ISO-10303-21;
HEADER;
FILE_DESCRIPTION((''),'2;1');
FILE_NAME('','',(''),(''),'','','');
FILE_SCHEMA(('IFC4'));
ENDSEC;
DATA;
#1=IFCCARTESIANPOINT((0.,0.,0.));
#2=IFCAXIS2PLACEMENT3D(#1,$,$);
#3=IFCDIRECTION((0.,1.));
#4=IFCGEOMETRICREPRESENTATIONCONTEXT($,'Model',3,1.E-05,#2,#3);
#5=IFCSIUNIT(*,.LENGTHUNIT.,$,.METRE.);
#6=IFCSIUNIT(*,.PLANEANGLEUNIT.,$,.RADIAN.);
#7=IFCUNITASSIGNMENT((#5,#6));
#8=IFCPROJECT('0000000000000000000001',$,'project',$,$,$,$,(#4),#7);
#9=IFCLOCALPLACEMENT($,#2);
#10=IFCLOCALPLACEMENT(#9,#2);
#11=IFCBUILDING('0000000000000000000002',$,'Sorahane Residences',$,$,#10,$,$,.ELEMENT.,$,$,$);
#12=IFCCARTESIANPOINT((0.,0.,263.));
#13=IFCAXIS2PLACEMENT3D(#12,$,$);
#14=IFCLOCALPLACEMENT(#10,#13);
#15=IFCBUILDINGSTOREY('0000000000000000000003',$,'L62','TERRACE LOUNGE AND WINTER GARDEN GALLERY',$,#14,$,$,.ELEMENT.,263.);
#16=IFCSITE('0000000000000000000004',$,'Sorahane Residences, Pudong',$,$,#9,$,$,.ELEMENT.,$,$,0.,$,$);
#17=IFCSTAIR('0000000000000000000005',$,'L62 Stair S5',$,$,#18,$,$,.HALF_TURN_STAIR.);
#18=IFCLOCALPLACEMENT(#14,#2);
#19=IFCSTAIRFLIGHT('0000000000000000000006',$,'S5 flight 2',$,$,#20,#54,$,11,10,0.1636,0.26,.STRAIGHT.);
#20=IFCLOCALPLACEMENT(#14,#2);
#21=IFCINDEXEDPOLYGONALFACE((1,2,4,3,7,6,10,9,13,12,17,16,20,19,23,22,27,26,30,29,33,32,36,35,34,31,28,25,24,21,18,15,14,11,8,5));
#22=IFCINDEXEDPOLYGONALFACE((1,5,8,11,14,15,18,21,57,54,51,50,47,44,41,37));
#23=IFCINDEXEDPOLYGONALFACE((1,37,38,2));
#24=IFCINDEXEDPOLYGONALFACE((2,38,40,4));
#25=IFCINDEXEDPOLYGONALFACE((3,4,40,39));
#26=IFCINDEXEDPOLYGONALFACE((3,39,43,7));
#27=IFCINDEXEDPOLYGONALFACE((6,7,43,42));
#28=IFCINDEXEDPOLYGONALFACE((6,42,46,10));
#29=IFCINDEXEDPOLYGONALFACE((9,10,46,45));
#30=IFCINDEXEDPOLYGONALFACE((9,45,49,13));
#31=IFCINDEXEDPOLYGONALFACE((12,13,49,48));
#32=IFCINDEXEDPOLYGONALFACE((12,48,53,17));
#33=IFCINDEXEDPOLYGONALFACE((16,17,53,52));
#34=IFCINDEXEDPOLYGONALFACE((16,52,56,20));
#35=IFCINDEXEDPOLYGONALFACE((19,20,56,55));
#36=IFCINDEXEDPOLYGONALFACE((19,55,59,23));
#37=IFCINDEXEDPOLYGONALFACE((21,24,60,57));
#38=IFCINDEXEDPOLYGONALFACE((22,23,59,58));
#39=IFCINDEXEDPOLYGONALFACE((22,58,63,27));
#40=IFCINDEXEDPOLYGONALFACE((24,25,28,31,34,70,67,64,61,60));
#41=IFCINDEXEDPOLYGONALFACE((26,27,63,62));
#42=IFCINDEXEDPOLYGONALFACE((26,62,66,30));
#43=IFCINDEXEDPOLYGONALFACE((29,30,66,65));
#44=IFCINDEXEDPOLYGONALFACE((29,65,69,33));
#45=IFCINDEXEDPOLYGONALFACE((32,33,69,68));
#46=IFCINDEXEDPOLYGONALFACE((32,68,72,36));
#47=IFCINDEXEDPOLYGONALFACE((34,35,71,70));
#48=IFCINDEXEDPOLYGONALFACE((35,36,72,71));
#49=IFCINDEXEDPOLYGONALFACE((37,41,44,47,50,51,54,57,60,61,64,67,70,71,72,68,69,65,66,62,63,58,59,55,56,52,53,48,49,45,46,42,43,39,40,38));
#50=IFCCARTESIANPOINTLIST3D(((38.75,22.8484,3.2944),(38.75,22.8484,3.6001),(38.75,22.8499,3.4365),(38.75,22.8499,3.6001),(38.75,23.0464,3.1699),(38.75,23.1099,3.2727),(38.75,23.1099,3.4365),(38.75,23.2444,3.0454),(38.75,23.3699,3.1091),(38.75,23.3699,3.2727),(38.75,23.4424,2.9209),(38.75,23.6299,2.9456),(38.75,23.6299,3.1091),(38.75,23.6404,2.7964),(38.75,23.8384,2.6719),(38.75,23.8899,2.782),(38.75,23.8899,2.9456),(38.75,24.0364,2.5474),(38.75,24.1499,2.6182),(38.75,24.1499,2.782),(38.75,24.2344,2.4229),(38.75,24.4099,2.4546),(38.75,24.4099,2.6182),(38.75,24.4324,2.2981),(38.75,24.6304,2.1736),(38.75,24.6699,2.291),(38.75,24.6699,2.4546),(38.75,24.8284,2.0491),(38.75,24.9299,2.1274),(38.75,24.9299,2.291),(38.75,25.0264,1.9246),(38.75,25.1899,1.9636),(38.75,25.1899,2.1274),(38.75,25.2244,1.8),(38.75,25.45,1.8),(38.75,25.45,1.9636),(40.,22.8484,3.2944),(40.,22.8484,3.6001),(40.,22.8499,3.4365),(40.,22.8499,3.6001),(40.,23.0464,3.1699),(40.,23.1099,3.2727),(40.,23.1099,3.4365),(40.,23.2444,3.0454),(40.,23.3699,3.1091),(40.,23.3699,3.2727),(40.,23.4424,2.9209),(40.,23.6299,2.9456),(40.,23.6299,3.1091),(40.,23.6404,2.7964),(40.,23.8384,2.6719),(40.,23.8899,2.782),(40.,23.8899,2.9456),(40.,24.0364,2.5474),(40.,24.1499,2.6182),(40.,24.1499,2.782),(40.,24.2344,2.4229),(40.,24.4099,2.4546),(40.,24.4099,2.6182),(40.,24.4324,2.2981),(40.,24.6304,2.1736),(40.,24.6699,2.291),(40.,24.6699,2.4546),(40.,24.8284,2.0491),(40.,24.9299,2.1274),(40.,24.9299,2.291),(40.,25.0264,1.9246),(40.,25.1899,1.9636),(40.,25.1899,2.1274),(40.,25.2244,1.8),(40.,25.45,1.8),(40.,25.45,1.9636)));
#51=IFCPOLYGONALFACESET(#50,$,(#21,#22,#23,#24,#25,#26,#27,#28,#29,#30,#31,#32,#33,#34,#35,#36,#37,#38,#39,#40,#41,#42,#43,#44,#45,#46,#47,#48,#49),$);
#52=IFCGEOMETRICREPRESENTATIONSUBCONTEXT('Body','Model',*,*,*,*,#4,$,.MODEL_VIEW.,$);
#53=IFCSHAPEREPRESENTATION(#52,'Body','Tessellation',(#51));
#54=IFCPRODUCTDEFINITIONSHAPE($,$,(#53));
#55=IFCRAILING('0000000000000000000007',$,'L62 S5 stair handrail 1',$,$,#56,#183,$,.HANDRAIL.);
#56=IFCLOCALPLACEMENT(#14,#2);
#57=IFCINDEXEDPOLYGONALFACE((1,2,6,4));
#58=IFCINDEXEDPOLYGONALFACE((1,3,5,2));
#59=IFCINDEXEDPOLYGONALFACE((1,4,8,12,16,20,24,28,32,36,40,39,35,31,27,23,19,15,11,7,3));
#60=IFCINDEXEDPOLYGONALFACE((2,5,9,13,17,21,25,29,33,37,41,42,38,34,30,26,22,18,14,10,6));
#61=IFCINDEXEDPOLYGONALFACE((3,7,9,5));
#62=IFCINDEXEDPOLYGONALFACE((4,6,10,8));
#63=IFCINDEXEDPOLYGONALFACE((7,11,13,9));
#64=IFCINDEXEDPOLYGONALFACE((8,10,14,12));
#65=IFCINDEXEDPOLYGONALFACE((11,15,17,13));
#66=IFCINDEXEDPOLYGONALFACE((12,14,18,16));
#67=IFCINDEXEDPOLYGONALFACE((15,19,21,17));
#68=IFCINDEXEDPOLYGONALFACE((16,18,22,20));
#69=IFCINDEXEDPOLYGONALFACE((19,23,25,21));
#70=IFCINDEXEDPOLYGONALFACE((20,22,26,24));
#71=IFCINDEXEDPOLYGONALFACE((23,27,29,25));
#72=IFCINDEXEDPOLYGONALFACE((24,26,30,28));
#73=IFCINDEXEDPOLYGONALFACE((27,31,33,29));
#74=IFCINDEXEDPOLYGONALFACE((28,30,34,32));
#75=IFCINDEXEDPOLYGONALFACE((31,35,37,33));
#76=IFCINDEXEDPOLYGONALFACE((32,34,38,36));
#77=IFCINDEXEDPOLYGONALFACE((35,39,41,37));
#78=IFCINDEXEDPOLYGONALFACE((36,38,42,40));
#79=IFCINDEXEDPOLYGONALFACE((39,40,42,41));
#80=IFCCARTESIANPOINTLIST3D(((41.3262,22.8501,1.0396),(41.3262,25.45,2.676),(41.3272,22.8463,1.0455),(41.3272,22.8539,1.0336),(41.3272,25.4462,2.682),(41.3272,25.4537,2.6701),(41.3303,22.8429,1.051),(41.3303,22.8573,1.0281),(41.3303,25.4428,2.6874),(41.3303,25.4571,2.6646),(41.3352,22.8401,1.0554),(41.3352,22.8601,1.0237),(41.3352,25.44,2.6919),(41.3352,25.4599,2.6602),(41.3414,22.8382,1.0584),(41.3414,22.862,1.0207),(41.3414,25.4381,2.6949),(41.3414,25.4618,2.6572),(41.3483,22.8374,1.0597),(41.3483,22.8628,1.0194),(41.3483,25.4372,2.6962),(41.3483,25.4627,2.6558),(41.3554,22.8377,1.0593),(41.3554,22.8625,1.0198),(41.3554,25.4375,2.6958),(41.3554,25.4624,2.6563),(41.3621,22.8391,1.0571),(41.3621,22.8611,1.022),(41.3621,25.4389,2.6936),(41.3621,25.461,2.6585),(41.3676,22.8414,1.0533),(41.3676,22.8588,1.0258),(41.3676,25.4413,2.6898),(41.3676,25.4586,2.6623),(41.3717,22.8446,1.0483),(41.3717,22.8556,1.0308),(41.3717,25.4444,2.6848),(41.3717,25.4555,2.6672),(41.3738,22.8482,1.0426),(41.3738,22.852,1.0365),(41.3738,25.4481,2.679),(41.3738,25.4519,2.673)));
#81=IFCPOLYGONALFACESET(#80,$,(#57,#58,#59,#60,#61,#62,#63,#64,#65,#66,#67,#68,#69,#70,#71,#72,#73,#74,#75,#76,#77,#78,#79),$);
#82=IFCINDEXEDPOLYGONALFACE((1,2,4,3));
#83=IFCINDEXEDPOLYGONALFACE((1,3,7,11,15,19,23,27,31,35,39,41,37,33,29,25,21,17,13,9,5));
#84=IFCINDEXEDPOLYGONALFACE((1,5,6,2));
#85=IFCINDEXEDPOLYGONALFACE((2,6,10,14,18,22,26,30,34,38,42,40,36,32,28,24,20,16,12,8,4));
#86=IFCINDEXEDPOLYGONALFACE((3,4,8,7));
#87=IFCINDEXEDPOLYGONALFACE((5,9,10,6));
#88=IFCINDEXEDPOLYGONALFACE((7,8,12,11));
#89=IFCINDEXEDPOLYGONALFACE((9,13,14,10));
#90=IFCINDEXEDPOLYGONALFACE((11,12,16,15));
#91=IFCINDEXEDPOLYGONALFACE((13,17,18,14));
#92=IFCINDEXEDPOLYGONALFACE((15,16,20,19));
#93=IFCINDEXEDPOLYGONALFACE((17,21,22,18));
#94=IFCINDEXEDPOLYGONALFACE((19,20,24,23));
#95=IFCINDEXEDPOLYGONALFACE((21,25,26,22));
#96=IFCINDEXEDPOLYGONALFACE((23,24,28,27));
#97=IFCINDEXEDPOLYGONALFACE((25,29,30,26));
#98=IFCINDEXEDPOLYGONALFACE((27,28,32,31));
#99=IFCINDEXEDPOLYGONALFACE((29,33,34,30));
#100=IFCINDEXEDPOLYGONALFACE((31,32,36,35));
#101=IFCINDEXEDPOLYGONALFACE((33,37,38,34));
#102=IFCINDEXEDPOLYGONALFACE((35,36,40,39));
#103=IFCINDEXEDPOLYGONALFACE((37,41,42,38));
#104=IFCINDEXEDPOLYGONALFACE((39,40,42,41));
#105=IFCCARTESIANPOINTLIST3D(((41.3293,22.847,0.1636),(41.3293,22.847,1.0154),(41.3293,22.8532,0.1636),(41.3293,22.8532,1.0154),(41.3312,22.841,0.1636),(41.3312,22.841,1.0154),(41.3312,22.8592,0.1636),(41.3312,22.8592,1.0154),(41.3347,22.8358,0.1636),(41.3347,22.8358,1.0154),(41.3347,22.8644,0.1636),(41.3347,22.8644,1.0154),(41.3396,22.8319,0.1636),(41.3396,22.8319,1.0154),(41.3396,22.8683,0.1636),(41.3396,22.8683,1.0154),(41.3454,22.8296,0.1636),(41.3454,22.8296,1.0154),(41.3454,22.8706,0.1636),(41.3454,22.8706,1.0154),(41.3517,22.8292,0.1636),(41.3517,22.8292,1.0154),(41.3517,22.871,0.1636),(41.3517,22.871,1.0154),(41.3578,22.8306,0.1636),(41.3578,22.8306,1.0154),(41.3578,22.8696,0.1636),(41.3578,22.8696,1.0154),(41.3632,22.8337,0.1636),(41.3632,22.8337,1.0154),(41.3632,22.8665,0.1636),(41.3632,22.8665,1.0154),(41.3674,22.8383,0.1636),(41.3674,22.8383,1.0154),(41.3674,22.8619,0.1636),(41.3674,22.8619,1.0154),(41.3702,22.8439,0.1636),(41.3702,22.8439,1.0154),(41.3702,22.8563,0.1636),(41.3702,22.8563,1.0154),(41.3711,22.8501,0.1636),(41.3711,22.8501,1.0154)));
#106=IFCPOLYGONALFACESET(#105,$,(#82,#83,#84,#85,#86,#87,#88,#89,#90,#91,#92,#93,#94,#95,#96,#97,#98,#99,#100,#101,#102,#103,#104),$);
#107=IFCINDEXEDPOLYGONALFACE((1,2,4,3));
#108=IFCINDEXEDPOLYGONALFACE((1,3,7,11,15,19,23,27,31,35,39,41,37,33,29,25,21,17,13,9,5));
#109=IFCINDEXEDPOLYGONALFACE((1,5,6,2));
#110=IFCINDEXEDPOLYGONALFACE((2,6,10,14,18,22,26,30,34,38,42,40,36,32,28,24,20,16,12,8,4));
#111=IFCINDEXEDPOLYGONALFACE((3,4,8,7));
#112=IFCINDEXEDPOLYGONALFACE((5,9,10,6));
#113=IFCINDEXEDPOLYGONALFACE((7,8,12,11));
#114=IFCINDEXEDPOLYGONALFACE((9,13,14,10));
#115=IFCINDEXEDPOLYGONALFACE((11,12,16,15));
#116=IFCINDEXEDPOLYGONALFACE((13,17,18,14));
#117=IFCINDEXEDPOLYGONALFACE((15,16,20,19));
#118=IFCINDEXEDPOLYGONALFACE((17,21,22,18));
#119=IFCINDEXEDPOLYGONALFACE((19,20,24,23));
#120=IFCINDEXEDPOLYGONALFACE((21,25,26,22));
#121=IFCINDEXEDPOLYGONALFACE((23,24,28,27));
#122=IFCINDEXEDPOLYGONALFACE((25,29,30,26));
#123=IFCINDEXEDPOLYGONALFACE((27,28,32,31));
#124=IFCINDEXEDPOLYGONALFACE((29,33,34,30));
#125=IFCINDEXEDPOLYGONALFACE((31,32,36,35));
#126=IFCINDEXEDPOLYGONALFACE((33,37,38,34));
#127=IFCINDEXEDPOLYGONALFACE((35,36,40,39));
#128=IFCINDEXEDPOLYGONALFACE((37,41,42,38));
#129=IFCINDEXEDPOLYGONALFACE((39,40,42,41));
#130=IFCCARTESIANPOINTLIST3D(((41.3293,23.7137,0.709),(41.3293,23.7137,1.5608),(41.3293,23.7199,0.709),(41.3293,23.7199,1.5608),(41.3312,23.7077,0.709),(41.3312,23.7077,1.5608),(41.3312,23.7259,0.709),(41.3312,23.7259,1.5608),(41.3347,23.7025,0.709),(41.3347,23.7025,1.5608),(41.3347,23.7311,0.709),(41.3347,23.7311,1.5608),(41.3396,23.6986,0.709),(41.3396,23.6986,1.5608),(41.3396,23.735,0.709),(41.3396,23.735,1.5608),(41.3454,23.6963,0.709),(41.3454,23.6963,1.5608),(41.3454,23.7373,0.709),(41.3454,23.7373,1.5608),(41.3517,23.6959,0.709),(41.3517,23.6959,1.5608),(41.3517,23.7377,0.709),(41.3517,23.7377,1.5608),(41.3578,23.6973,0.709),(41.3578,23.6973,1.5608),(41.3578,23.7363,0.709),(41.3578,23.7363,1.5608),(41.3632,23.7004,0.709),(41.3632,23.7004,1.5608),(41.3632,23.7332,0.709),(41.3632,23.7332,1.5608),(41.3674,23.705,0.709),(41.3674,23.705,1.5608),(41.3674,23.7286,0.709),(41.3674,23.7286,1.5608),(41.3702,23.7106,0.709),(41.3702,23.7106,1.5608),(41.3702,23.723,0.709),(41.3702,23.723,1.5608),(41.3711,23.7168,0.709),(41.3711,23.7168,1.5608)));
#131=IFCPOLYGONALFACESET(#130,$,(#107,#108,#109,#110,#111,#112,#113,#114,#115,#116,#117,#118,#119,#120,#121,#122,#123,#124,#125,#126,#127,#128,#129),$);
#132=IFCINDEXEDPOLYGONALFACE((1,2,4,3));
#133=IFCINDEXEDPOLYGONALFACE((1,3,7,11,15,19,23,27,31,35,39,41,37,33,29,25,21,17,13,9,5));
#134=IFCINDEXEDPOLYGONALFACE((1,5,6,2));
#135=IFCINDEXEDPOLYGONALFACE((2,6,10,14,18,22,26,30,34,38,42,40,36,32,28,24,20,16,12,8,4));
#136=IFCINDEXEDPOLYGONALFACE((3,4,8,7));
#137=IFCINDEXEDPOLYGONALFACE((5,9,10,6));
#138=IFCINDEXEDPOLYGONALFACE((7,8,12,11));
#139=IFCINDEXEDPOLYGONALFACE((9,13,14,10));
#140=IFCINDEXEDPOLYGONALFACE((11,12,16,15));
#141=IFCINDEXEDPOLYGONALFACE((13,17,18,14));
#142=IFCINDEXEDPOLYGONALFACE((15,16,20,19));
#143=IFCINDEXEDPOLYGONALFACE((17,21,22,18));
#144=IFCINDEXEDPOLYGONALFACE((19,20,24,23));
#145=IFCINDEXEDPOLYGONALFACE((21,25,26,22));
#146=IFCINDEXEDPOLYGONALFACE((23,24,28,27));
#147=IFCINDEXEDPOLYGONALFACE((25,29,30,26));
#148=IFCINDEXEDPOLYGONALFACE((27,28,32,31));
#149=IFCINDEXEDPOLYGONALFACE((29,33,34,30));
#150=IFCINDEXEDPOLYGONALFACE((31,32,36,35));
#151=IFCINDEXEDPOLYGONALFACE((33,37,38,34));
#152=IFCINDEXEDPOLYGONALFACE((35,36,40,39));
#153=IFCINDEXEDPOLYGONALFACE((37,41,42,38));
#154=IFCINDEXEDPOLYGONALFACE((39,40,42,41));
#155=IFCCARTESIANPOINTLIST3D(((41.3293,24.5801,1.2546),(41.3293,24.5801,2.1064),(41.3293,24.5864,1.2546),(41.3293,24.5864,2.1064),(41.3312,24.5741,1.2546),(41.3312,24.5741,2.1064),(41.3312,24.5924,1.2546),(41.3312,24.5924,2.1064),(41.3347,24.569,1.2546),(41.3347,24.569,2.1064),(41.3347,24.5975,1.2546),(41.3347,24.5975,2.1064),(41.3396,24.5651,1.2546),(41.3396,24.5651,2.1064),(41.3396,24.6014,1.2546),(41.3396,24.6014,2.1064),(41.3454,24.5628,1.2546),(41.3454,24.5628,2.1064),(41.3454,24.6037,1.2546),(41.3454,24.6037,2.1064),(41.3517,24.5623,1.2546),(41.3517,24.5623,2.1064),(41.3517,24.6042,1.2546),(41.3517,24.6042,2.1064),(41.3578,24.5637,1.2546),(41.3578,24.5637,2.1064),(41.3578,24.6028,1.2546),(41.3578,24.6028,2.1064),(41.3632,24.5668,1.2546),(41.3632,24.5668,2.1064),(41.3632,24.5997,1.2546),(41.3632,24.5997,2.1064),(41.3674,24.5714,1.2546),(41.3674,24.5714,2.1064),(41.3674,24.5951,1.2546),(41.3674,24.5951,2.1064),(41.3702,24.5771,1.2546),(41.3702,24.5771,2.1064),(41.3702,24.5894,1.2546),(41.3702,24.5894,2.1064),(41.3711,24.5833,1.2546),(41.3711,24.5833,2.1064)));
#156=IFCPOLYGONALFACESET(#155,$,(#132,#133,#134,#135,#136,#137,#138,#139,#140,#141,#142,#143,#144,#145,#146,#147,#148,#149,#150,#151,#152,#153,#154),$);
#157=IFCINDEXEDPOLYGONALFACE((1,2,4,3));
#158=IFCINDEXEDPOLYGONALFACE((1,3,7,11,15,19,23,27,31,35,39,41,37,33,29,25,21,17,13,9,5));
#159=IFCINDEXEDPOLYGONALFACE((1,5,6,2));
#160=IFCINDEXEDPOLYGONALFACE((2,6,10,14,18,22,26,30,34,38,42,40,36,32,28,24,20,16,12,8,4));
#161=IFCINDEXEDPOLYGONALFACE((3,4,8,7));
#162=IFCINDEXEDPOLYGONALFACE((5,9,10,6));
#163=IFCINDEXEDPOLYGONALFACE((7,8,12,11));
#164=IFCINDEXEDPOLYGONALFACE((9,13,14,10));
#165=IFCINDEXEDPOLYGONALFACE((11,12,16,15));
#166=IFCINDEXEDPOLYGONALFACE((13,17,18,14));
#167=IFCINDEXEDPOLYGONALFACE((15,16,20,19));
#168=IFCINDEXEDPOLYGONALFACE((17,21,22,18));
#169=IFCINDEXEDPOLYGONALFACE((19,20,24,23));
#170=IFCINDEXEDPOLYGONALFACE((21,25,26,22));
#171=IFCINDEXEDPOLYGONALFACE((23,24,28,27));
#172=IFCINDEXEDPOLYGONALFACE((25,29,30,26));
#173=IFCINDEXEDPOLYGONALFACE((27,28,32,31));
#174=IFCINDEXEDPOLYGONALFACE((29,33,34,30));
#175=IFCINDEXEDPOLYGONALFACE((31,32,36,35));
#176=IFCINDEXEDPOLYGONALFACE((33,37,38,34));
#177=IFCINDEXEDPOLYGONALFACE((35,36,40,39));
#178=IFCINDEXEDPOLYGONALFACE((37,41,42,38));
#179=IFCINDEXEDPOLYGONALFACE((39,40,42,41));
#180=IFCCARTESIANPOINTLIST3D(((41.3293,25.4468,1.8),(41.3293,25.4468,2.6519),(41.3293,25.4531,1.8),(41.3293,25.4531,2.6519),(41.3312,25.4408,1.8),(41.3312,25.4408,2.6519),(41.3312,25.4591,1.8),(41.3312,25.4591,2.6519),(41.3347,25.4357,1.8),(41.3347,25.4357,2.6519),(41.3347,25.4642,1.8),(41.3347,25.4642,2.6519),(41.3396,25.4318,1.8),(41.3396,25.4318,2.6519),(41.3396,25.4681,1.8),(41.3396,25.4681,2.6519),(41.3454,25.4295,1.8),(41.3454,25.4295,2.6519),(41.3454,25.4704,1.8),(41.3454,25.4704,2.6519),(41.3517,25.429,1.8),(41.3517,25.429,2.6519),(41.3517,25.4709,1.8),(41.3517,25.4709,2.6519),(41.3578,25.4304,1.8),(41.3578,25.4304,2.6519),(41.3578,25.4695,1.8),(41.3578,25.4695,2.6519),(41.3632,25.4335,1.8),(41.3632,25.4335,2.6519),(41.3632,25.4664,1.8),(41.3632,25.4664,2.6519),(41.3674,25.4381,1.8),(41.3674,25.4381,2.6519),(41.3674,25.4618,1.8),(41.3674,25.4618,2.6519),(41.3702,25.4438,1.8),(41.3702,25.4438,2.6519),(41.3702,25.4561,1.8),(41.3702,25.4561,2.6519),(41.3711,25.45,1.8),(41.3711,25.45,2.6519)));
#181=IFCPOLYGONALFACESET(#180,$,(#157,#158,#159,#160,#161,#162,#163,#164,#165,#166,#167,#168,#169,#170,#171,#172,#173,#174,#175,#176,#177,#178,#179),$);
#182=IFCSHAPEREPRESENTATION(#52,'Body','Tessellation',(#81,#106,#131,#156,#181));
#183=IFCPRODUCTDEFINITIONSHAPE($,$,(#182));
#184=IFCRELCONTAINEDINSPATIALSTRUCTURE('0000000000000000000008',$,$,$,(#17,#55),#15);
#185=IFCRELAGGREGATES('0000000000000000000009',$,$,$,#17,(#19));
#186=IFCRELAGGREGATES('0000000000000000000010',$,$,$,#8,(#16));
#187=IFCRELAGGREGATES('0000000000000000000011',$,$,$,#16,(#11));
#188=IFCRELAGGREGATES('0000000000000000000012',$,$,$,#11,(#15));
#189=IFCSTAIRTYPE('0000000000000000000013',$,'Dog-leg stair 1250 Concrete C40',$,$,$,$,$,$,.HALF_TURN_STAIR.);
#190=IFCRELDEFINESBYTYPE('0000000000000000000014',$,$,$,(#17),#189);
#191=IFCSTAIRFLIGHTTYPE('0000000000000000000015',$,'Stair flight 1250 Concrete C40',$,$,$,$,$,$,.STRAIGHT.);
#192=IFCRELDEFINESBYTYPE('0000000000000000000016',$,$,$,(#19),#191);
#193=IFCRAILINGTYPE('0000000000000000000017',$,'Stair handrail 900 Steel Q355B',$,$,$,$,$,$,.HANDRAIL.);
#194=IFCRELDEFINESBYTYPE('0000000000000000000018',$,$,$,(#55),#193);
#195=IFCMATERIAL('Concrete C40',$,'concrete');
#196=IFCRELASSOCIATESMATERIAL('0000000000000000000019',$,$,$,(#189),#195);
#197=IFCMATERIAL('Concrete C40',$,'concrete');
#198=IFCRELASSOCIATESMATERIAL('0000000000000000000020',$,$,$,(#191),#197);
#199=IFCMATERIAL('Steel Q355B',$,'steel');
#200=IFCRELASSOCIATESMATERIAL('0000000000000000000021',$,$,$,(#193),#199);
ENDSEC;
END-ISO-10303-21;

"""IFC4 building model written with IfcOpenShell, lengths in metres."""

from ifc_helpers import new_model, si_unit, direction, frame, origin, origin_2d, place, context, subcontext, project, spatial, polyline, circle, outline, extrude, material, type_object, element, aggregate, save


model = new_model("IFC4")

# Units and contexts
model_context = context("Model", 3, precision=1e-05, world=origin(), true_north=direction((0.0, 1.0)))
body_context = subcontext(model_context, "Body", "Model", "MODEL_VIEW")
ifc_project = project(units=[si_unit("LENGTHUNIT", "METRE"), si_unit("PLANEANGLEUNIT", "RADIAN")], contexts=[model_context])

# Site, building, storey
site_placement = place(None, origin())
site = spatial("IfcSite", under=ifc_project, at=site_placement, Name="Sorahane Residences, Pudong", CompositionType="ELEMENT", RefElevation=0.0)
building_placement = place(site_placement, origin())
building = spatial("IfcBuilding", under=site, at=building_placement, Name="Sorahane Residences", CompositionType="ELEMENT")
storey_placement = place(building_placement, frame((0.0, 0.0, 263.0)))
storey = spatial("IfcBuildingStorey", under=building, at=storey_placement, Name="L62", Description="TERRACE LOUNGE AND WINTER GARDEN GALLERY", CompositionType="ELEMENT", Elevation=263.0)

# Stair, stair flight
ifc_material_1 = material(Name="Concrete C40", Category="concrete")
stair_type = type_object("IfcStairType", Name="Dog-leg stair 1250 Concrete C40", PredefinedType="HALF_TURN_STAIR", material=ifc_material_1)
stair_placement = place(storey_placement, origin())
stair = element("IfcStair", 1, at=stair_placement, inside=storey, type_object=stair_type, Name="L62 Stair S5", PredefinedType="HALF_TURN_STAIR")
ifc_material_2 = material(Name="Concrete C40", Category="concrete")
stair_flight_type = type_object("IfcStairFlightType", Name="Stair flight 1250 Concrete C40", PredefinedType="STRAIGHT", material=ifc_material_2)
stair_flight_1_placement = place(storey_placement, frame((39.375, 25.45, 1.8), z_axis=(0.0, 0.0, 1.0), x_axis=(0.0, -1.0, 0.0)))
stair_flight_1 = element("IfcStairFlight", 2, at=stair_flight_1_placement, type_object=stair_flight_type, Name="S5 flight 2", NumberOfRisers=11, NumberOfTreads=10, PredefinedType="STRAIGHT", RiserHeight=0.1636, TreadLength=0.26, context=body_context, shape_type="SweptSolid", body=[
    extrude(outline(polyline([(0.0, 0.0), (0.0, 0.1636), (0.26, 0.1636), (0.26, 0.3274), (0.52, 0.3274), (0.52, 0.491), (0.78, 0.491), (0.78, 0.6545), (1.04, 0.6545), (1.04, 0.8181), (1.3, 0.8181), (1.3, 0.9819), (1.5601, 0.9819), (1.5601, 1.1455), (1.8201, 1.1455), (1.8201, 1.3091), (2.0801, 1.3091), (2.0801, 1.4727), (2.3401, 1.4727), (2.3401, 1.6365), (2.6001, 1.6365), (2.6001, 1.8), (2.6016, 1.8), (2.6016, 1.4944), (2.4036, 1.3699), (2.2056, 1.2454), (2.0076, 1.1208), (1.8096, 0.9963), (1.6116, 0.8718), (1.4136, 0.7473), (1.2156, 0.6228), (1.0176, 0.498), (0.8196, 0.3735), (0.6216, 0.249), (0.4236, 0.1245), (0.2256, 0.0), (0.0, 0.0)])), frame((0.0, 0.625, 0.0), z_axis=(0.0, -1.0, 0.0), x_axis=(1.0, 0.0, 0.0)), (0.0, 0.0, 1.0), 1.25),
])
aggregate(stair, [stair_flight_1])

# Railing
ifc_material_3 = material(Name="Steel Q355B", Category="steel")
railing_type_1 = type_object("IfcRailingType", Name="Stair handrail 900 Steel Q355B", PredefinedType="HANDRAIL", material=ifc_material_3)
railing_1_placement = place(storey_placement, frame((41.3501, 22.8501, 0.1636)))
element("IfcRailing", 3, at=railing_1_placement, inside=storey, type_object=railing_type_1, Name="L62 S5 stair handrail 1", PredefinedType="HANDRAIL", context=body_context, shape_type="SweptSolid", body=[
    extrude(circle(Radius=0.0239, at=origin_2d()), frame((0.0, 0.0, 0.876), z_axis=(0.0, 0.846302, 0.532704), x_axis=(-1.0, 0.0, 0.0)), (0.0, 0.0, 1.0), 3.072),
    extrude(circle(Radius=0.021, at=origin_2d()), origin(), (0.0, 0.0, 1.0), 0.8518),
    extrude(circle(Radius=0.021, at=origin_2d()), frame((0.0, 0.8667, 0.5454)), (0.0, 0.0, 1.0), 0.8518),
    extrude(circle(Radius=0.021, at=origin_2d()), frame((0.0, 1.7332, 1.0911)), (0.0, 0.0, 1.0), 0.8518),
    extrude(circle(Radius=0.021, at=origin_2d()), frame((0.0, 2.5999, 1.6365)), (0.0, 0.0, 1.0), 0.8518),
])

save(model, "model.ifc")
